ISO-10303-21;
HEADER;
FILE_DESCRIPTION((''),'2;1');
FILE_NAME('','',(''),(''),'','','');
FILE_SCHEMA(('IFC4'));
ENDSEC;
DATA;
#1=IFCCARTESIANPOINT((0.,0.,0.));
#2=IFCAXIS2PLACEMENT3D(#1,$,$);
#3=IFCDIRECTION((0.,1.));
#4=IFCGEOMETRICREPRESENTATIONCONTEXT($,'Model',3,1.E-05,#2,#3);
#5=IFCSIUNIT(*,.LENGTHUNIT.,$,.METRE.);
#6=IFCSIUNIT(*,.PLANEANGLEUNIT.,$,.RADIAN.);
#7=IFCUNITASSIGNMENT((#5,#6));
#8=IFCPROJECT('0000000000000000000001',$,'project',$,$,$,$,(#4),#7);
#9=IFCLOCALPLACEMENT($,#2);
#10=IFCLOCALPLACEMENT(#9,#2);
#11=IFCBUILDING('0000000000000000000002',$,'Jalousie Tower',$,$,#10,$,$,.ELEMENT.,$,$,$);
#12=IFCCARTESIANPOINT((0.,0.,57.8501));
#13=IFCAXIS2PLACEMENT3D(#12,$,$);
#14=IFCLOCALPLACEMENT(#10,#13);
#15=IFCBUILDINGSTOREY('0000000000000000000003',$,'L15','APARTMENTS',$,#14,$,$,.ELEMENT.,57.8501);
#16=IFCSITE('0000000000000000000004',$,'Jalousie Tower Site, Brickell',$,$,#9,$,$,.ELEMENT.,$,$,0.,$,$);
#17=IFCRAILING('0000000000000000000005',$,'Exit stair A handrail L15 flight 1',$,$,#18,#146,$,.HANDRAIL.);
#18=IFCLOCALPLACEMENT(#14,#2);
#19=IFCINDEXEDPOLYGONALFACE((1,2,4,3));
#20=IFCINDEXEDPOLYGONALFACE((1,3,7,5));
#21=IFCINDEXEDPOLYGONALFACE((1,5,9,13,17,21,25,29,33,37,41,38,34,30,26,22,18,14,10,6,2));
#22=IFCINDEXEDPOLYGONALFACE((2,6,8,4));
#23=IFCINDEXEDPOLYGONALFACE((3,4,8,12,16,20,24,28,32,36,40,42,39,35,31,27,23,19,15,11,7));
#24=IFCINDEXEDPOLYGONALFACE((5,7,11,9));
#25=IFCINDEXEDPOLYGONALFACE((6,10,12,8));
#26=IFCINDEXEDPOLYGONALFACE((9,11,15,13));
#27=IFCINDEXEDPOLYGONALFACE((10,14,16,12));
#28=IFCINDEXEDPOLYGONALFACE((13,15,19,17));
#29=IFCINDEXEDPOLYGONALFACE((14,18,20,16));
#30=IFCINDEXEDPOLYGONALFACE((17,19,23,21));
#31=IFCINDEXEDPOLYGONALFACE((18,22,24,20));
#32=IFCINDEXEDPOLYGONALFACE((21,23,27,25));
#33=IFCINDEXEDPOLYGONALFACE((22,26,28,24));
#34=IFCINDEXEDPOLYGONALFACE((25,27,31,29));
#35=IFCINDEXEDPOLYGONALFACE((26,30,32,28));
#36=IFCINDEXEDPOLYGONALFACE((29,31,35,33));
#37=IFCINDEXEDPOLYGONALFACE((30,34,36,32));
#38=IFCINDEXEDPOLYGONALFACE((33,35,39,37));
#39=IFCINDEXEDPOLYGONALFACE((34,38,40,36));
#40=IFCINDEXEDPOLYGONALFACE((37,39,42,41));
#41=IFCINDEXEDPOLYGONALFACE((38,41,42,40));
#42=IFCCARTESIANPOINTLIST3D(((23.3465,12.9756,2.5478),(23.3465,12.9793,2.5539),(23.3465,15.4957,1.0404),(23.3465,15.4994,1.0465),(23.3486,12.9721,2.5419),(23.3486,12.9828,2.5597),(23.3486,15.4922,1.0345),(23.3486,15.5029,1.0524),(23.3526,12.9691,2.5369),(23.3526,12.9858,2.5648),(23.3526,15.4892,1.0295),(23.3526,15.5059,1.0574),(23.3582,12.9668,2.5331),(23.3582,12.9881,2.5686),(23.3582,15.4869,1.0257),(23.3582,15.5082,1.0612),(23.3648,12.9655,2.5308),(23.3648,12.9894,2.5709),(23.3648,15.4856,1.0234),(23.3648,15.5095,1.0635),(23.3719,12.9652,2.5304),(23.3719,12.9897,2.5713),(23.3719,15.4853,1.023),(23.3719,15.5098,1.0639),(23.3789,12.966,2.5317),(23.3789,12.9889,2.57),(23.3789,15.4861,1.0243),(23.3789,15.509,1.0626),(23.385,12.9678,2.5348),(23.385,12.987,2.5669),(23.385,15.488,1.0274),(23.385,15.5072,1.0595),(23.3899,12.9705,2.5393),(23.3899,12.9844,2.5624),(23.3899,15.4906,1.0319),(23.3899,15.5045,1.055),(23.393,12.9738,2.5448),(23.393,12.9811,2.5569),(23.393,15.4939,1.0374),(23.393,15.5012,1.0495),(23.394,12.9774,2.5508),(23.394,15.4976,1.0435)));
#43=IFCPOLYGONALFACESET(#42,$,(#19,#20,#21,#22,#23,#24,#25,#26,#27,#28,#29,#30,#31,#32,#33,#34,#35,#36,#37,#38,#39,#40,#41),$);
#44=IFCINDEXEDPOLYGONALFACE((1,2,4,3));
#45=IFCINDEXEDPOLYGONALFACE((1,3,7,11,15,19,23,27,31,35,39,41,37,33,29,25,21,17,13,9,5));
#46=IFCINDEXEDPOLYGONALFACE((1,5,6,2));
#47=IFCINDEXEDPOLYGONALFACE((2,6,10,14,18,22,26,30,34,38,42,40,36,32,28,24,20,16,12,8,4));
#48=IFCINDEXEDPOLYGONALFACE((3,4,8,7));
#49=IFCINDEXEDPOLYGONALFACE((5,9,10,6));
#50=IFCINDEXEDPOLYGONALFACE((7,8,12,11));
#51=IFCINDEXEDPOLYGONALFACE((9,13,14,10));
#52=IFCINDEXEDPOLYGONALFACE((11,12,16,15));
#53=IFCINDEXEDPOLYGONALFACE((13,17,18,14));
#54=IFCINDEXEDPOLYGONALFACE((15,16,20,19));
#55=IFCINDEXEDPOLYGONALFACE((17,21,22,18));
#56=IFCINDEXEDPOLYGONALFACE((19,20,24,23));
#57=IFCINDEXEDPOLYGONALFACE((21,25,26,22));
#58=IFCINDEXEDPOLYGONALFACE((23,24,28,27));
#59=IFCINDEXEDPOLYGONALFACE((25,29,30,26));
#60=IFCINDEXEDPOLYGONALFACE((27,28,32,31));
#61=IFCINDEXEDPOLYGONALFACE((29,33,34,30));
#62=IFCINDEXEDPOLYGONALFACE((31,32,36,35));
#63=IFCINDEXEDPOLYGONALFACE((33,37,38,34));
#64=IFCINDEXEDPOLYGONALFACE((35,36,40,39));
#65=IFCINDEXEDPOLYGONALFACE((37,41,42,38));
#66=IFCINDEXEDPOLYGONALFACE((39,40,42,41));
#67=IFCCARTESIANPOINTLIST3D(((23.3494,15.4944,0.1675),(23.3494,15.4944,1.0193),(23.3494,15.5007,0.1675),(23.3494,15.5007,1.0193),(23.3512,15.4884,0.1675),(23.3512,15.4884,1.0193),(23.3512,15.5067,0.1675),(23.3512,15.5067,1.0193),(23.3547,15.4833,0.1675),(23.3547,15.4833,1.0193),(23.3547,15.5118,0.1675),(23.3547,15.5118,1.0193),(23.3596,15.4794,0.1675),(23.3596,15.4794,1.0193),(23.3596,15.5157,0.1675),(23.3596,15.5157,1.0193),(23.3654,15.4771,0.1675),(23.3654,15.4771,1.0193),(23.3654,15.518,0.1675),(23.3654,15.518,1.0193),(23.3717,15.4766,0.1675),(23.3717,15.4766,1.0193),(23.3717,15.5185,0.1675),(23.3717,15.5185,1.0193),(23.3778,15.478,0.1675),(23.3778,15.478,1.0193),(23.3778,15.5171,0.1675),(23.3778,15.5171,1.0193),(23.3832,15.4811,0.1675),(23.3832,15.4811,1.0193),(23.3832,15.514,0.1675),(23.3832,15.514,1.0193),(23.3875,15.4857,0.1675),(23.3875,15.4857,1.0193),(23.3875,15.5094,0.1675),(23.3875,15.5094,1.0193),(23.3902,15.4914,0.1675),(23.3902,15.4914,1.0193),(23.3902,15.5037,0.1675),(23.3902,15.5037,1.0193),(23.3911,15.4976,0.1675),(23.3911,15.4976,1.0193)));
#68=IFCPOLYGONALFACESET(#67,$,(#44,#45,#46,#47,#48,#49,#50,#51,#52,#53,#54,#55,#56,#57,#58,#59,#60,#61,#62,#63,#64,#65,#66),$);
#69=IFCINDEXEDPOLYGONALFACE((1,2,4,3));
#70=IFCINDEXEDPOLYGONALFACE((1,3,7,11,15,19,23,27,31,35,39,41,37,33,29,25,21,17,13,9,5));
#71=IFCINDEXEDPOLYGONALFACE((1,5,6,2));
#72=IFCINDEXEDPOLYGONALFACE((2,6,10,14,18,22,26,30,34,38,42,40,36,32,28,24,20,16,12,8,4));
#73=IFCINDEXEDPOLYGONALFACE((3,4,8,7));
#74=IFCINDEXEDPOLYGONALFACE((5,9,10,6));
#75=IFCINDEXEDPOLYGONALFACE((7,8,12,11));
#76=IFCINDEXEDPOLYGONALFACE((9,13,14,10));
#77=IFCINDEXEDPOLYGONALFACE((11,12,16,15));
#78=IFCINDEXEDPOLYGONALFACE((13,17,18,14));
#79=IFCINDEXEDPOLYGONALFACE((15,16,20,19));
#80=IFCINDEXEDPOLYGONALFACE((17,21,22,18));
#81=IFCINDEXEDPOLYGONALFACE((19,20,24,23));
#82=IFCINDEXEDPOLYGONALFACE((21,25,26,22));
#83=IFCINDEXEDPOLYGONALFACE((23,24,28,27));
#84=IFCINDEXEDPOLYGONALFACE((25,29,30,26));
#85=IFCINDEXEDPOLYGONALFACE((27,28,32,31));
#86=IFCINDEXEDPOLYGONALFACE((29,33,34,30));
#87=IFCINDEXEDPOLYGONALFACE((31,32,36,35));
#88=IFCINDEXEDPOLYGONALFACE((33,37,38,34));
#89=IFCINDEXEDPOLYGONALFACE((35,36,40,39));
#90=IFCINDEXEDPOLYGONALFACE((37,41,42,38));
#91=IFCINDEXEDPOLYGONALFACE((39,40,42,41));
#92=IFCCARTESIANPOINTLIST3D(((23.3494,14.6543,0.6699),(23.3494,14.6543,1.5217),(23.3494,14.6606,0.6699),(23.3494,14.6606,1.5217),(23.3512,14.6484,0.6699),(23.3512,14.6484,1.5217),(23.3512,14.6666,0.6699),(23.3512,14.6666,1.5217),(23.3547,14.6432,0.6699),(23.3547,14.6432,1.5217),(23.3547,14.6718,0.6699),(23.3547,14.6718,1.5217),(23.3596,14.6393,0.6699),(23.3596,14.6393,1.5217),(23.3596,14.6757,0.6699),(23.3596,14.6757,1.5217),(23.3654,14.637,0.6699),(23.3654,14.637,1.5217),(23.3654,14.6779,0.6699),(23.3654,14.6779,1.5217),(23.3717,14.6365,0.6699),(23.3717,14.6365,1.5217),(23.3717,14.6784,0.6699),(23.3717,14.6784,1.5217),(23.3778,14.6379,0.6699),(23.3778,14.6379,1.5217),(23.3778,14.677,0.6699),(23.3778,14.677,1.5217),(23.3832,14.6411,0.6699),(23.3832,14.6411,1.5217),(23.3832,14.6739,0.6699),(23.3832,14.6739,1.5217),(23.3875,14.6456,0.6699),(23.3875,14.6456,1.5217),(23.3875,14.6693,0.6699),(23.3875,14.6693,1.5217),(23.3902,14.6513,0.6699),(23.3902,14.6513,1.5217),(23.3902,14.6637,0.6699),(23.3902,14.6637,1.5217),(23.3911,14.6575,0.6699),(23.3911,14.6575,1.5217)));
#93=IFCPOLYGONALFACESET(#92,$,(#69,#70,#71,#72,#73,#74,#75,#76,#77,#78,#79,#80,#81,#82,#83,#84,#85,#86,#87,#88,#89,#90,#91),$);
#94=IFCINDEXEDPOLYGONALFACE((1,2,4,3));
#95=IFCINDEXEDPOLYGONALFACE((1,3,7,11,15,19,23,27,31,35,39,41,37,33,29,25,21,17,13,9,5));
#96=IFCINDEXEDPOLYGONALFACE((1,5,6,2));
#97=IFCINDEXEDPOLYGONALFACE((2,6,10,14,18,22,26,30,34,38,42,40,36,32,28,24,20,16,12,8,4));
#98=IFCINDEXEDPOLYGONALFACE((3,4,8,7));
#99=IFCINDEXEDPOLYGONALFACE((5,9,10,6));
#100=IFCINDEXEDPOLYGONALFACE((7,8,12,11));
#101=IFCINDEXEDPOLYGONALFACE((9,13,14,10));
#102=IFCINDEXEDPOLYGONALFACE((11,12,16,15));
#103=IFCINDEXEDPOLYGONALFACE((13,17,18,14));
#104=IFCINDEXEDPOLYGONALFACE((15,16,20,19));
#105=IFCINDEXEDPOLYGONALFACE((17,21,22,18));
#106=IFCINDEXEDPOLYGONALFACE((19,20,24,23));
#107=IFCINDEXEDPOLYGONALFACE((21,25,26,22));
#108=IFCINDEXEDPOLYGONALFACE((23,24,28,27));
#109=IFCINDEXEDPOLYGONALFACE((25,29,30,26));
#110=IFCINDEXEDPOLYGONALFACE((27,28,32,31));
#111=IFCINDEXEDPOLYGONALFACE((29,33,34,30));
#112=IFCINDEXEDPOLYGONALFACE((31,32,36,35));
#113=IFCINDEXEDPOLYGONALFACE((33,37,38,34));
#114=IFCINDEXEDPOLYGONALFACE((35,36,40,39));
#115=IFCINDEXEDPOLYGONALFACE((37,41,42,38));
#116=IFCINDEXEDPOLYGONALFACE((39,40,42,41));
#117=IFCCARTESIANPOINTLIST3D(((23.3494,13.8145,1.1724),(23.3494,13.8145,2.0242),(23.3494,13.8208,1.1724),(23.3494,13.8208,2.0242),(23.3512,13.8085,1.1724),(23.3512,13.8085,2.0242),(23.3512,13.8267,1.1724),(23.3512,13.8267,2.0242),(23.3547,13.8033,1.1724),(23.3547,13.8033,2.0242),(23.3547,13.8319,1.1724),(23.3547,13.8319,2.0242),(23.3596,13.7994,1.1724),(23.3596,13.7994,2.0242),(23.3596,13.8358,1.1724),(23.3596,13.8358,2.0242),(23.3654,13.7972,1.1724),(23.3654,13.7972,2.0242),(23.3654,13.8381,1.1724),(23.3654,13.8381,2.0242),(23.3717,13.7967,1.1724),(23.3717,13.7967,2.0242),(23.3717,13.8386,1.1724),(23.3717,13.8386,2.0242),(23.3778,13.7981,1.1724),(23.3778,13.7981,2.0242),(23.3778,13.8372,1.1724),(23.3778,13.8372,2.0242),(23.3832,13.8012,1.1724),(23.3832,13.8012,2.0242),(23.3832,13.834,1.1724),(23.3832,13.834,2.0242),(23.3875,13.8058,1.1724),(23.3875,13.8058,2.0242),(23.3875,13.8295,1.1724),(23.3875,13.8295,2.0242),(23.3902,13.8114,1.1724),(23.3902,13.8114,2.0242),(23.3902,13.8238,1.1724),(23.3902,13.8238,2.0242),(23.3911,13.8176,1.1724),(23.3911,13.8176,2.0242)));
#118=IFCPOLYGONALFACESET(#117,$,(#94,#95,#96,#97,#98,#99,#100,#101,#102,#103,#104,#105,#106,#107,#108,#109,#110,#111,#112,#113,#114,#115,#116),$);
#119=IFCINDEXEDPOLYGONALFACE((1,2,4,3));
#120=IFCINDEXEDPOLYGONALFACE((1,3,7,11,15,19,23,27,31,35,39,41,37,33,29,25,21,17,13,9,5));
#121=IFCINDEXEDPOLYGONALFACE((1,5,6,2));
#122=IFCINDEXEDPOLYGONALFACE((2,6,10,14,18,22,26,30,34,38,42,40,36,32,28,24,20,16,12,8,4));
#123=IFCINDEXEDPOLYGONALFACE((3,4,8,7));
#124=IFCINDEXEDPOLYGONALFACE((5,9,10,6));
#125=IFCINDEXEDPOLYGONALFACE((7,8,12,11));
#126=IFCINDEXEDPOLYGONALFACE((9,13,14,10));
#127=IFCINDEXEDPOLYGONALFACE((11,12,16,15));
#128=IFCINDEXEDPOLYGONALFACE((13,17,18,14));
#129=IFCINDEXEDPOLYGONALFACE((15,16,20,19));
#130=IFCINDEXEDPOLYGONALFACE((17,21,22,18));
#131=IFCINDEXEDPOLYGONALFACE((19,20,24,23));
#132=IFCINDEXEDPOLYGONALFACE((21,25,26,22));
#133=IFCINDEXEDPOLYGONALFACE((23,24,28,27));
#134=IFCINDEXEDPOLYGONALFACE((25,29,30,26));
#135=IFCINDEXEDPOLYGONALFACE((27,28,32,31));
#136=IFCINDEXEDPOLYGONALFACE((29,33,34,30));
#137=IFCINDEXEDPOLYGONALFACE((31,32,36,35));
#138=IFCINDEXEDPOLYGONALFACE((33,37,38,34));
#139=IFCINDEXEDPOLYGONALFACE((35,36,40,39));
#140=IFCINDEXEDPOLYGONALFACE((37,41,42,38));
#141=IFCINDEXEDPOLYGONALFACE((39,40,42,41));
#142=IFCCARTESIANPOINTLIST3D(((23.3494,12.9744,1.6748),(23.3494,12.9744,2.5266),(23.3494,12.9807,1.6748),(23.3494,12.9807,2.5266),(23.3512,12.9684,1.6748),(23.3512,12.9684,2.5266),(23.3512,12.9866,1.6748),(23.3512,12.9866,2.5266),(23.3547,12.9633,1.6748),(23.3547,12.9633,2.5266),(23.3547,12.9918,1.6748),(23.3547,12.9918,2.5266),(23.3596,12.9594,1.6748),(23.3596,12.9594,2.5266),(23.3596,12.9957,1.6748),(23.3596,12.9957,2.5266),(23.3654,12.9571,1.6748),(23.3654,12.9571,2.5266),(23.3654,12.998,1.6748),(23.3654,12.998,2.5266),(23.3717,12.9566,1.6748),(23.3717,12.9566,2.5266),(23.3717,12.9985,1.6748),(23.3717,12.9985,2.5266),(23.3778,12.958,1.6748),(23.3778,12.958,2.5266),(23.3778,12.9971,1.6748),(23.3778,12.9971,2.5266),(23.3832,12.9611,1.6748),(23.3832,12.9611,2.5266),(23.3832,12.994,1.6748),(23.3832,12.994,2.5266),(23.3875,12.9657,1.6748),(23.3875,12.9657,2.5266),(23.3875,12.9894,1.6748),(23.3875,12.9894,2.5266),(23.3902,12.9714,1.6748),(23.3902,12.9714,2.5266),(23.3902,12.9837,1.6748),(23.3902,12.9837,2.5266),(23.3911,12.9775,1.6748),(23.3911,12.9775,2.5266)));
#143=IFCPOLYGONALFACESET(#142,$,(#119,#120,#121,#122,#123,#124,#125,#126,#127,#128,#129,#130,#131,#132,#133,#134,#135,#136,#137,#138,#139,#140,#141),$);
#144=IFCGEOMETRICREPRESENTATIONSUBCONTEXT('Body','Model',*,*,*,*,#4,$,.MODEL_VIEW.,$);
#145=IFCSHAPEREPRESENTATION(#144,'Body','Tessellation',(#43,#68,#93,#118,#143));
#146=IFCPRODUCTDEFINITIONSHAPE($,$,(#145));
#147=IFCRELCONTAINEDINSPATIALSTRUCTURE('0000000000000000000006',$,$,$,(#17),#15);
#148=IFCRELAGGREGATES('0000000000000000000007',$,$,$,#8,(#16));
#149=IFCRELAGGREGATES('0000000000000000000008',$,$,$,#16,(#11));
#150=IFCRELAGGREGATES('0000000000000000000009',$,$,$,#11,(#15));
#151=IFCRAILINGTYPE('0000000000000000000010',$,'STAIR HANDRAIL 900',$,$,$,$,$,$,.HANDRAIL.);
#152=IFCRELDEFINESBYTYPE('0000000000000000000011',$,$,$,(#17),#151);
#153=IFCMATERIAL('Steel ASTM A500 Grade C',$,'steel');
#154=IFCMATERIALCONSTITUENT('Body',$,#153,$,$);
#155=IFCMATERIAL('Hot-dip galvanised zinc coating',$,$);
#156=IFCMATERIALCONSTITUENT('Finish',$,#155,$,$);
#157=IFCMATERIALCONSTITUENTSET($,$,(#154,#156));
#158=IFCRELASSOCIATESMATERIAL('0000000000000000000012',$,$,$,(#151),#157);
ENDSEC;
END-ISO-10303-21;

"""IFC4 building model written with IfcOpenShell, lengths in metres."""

from ifc_helpers import new_model, si_unit, direction, frame, origin, origin_2d, place, context, subcontext, project, spatial, circle, extrude, material, constituent, constituent_set, type_object, element, save


model = new_model("IFC4")

# Units and contexts
model_context = context("Model", 3, precision=1e-05, world=origin(), true_north=direction((0.0, 1.0)))
body_context = subcontext(model_context, "Body", "Model", "MODEL_VIEW")
ifc_project = project(units=[si_unit("LENGTHUNIT", "METRE"), si_unit("PLANEANGLEUNIT", "RADIAN")], contexts=[model_context])

# Site, building, storey
site_placement = place(None, origin())
site = spatial("IfcSite", under=ifc_project, at=site_placement, Name="Jalousie Tower Site, Brickell", CompositionType="ELEMENT", RefElevation=0.0)
building_placement = place(site_placement, origin())
building = spatial("IfcBuilding", under=site, at=building_placement, Name="Jalousie Tower", CompositionType="ELEMENT")
storey_placement = place(building_placement, frame((0.0, 0.0, 57.8501)))
storey = spatial("IfcBuildingStorey", under=building, at=storey_placement, Name="L15", Description="APARTMENTS", CompositionType="ELEMENT", Elevation=57.8501)

# Railing
ifc_material_1 = material(Name="Steel ASTM A500 Grade C", Category="steel")
ifc_constituent_1 = constituent(ifc_material_1, Name="Body")
ifc_material_2 = material(Name="Hot-dip galvanised zinc coating")
ifc_constituent_2 = constituent(ifc_material_2, Name="Finish")
ifc_constituent_set_1 = constituent_set(constituents=[ifc_constituent_1, ifc_constituent_2])
railing_type_1 = type_object("IfcRailingType", Name="STAIR HANDRAIL 900", PredefinedType="HANDRAIL", material=ifc_constituent_set_1)
railing_1_placement = place(storey_placement, frame((23.3701, 15.4976, 0.1675)))
element("IfcRailing", 1, at=railing_1_placement, inside=storey, type_object=railing_type_1, Name="Exit stair A handrail L15 flight 1", PredefinedType="HANDRAIL", context=body_context, shape_type="SweptSolid", body=[
    extrude(circle(Radius=0.0239, at=origin_2d()), frame((0.0, 0.0, 0.876), z_axis=(0.0, -0.858196, 0.513321), x_axis=(1.0, 0.0, 0.0)), (0.0, 0.0, 1.0), 2.9365),
    extrude(circle(Radius=0.021, at=origin_2d()), origin(), (0.0, 0.0, 1.0), 0.8518),
    extrude(circle(Radius=0.021, at=origin_2d()), frame((0.0, -0.8401, 0.5024)), (0.0, 0.0, 1.0), 0.8518),
    extrude(circle(Radius=0.021, at=origin_2d()), frame((0.0, -1.6799, 1.0049)), (0.0, 0.0, 1.0), 0.8518),
    extrude(circle(Radius=0.021, at=origin_2d()), frame((0.0, -2.52, 1.5073)), (0.0, 0.0, 1.0), 0.8518),
])

save(model, "model.ifc")
